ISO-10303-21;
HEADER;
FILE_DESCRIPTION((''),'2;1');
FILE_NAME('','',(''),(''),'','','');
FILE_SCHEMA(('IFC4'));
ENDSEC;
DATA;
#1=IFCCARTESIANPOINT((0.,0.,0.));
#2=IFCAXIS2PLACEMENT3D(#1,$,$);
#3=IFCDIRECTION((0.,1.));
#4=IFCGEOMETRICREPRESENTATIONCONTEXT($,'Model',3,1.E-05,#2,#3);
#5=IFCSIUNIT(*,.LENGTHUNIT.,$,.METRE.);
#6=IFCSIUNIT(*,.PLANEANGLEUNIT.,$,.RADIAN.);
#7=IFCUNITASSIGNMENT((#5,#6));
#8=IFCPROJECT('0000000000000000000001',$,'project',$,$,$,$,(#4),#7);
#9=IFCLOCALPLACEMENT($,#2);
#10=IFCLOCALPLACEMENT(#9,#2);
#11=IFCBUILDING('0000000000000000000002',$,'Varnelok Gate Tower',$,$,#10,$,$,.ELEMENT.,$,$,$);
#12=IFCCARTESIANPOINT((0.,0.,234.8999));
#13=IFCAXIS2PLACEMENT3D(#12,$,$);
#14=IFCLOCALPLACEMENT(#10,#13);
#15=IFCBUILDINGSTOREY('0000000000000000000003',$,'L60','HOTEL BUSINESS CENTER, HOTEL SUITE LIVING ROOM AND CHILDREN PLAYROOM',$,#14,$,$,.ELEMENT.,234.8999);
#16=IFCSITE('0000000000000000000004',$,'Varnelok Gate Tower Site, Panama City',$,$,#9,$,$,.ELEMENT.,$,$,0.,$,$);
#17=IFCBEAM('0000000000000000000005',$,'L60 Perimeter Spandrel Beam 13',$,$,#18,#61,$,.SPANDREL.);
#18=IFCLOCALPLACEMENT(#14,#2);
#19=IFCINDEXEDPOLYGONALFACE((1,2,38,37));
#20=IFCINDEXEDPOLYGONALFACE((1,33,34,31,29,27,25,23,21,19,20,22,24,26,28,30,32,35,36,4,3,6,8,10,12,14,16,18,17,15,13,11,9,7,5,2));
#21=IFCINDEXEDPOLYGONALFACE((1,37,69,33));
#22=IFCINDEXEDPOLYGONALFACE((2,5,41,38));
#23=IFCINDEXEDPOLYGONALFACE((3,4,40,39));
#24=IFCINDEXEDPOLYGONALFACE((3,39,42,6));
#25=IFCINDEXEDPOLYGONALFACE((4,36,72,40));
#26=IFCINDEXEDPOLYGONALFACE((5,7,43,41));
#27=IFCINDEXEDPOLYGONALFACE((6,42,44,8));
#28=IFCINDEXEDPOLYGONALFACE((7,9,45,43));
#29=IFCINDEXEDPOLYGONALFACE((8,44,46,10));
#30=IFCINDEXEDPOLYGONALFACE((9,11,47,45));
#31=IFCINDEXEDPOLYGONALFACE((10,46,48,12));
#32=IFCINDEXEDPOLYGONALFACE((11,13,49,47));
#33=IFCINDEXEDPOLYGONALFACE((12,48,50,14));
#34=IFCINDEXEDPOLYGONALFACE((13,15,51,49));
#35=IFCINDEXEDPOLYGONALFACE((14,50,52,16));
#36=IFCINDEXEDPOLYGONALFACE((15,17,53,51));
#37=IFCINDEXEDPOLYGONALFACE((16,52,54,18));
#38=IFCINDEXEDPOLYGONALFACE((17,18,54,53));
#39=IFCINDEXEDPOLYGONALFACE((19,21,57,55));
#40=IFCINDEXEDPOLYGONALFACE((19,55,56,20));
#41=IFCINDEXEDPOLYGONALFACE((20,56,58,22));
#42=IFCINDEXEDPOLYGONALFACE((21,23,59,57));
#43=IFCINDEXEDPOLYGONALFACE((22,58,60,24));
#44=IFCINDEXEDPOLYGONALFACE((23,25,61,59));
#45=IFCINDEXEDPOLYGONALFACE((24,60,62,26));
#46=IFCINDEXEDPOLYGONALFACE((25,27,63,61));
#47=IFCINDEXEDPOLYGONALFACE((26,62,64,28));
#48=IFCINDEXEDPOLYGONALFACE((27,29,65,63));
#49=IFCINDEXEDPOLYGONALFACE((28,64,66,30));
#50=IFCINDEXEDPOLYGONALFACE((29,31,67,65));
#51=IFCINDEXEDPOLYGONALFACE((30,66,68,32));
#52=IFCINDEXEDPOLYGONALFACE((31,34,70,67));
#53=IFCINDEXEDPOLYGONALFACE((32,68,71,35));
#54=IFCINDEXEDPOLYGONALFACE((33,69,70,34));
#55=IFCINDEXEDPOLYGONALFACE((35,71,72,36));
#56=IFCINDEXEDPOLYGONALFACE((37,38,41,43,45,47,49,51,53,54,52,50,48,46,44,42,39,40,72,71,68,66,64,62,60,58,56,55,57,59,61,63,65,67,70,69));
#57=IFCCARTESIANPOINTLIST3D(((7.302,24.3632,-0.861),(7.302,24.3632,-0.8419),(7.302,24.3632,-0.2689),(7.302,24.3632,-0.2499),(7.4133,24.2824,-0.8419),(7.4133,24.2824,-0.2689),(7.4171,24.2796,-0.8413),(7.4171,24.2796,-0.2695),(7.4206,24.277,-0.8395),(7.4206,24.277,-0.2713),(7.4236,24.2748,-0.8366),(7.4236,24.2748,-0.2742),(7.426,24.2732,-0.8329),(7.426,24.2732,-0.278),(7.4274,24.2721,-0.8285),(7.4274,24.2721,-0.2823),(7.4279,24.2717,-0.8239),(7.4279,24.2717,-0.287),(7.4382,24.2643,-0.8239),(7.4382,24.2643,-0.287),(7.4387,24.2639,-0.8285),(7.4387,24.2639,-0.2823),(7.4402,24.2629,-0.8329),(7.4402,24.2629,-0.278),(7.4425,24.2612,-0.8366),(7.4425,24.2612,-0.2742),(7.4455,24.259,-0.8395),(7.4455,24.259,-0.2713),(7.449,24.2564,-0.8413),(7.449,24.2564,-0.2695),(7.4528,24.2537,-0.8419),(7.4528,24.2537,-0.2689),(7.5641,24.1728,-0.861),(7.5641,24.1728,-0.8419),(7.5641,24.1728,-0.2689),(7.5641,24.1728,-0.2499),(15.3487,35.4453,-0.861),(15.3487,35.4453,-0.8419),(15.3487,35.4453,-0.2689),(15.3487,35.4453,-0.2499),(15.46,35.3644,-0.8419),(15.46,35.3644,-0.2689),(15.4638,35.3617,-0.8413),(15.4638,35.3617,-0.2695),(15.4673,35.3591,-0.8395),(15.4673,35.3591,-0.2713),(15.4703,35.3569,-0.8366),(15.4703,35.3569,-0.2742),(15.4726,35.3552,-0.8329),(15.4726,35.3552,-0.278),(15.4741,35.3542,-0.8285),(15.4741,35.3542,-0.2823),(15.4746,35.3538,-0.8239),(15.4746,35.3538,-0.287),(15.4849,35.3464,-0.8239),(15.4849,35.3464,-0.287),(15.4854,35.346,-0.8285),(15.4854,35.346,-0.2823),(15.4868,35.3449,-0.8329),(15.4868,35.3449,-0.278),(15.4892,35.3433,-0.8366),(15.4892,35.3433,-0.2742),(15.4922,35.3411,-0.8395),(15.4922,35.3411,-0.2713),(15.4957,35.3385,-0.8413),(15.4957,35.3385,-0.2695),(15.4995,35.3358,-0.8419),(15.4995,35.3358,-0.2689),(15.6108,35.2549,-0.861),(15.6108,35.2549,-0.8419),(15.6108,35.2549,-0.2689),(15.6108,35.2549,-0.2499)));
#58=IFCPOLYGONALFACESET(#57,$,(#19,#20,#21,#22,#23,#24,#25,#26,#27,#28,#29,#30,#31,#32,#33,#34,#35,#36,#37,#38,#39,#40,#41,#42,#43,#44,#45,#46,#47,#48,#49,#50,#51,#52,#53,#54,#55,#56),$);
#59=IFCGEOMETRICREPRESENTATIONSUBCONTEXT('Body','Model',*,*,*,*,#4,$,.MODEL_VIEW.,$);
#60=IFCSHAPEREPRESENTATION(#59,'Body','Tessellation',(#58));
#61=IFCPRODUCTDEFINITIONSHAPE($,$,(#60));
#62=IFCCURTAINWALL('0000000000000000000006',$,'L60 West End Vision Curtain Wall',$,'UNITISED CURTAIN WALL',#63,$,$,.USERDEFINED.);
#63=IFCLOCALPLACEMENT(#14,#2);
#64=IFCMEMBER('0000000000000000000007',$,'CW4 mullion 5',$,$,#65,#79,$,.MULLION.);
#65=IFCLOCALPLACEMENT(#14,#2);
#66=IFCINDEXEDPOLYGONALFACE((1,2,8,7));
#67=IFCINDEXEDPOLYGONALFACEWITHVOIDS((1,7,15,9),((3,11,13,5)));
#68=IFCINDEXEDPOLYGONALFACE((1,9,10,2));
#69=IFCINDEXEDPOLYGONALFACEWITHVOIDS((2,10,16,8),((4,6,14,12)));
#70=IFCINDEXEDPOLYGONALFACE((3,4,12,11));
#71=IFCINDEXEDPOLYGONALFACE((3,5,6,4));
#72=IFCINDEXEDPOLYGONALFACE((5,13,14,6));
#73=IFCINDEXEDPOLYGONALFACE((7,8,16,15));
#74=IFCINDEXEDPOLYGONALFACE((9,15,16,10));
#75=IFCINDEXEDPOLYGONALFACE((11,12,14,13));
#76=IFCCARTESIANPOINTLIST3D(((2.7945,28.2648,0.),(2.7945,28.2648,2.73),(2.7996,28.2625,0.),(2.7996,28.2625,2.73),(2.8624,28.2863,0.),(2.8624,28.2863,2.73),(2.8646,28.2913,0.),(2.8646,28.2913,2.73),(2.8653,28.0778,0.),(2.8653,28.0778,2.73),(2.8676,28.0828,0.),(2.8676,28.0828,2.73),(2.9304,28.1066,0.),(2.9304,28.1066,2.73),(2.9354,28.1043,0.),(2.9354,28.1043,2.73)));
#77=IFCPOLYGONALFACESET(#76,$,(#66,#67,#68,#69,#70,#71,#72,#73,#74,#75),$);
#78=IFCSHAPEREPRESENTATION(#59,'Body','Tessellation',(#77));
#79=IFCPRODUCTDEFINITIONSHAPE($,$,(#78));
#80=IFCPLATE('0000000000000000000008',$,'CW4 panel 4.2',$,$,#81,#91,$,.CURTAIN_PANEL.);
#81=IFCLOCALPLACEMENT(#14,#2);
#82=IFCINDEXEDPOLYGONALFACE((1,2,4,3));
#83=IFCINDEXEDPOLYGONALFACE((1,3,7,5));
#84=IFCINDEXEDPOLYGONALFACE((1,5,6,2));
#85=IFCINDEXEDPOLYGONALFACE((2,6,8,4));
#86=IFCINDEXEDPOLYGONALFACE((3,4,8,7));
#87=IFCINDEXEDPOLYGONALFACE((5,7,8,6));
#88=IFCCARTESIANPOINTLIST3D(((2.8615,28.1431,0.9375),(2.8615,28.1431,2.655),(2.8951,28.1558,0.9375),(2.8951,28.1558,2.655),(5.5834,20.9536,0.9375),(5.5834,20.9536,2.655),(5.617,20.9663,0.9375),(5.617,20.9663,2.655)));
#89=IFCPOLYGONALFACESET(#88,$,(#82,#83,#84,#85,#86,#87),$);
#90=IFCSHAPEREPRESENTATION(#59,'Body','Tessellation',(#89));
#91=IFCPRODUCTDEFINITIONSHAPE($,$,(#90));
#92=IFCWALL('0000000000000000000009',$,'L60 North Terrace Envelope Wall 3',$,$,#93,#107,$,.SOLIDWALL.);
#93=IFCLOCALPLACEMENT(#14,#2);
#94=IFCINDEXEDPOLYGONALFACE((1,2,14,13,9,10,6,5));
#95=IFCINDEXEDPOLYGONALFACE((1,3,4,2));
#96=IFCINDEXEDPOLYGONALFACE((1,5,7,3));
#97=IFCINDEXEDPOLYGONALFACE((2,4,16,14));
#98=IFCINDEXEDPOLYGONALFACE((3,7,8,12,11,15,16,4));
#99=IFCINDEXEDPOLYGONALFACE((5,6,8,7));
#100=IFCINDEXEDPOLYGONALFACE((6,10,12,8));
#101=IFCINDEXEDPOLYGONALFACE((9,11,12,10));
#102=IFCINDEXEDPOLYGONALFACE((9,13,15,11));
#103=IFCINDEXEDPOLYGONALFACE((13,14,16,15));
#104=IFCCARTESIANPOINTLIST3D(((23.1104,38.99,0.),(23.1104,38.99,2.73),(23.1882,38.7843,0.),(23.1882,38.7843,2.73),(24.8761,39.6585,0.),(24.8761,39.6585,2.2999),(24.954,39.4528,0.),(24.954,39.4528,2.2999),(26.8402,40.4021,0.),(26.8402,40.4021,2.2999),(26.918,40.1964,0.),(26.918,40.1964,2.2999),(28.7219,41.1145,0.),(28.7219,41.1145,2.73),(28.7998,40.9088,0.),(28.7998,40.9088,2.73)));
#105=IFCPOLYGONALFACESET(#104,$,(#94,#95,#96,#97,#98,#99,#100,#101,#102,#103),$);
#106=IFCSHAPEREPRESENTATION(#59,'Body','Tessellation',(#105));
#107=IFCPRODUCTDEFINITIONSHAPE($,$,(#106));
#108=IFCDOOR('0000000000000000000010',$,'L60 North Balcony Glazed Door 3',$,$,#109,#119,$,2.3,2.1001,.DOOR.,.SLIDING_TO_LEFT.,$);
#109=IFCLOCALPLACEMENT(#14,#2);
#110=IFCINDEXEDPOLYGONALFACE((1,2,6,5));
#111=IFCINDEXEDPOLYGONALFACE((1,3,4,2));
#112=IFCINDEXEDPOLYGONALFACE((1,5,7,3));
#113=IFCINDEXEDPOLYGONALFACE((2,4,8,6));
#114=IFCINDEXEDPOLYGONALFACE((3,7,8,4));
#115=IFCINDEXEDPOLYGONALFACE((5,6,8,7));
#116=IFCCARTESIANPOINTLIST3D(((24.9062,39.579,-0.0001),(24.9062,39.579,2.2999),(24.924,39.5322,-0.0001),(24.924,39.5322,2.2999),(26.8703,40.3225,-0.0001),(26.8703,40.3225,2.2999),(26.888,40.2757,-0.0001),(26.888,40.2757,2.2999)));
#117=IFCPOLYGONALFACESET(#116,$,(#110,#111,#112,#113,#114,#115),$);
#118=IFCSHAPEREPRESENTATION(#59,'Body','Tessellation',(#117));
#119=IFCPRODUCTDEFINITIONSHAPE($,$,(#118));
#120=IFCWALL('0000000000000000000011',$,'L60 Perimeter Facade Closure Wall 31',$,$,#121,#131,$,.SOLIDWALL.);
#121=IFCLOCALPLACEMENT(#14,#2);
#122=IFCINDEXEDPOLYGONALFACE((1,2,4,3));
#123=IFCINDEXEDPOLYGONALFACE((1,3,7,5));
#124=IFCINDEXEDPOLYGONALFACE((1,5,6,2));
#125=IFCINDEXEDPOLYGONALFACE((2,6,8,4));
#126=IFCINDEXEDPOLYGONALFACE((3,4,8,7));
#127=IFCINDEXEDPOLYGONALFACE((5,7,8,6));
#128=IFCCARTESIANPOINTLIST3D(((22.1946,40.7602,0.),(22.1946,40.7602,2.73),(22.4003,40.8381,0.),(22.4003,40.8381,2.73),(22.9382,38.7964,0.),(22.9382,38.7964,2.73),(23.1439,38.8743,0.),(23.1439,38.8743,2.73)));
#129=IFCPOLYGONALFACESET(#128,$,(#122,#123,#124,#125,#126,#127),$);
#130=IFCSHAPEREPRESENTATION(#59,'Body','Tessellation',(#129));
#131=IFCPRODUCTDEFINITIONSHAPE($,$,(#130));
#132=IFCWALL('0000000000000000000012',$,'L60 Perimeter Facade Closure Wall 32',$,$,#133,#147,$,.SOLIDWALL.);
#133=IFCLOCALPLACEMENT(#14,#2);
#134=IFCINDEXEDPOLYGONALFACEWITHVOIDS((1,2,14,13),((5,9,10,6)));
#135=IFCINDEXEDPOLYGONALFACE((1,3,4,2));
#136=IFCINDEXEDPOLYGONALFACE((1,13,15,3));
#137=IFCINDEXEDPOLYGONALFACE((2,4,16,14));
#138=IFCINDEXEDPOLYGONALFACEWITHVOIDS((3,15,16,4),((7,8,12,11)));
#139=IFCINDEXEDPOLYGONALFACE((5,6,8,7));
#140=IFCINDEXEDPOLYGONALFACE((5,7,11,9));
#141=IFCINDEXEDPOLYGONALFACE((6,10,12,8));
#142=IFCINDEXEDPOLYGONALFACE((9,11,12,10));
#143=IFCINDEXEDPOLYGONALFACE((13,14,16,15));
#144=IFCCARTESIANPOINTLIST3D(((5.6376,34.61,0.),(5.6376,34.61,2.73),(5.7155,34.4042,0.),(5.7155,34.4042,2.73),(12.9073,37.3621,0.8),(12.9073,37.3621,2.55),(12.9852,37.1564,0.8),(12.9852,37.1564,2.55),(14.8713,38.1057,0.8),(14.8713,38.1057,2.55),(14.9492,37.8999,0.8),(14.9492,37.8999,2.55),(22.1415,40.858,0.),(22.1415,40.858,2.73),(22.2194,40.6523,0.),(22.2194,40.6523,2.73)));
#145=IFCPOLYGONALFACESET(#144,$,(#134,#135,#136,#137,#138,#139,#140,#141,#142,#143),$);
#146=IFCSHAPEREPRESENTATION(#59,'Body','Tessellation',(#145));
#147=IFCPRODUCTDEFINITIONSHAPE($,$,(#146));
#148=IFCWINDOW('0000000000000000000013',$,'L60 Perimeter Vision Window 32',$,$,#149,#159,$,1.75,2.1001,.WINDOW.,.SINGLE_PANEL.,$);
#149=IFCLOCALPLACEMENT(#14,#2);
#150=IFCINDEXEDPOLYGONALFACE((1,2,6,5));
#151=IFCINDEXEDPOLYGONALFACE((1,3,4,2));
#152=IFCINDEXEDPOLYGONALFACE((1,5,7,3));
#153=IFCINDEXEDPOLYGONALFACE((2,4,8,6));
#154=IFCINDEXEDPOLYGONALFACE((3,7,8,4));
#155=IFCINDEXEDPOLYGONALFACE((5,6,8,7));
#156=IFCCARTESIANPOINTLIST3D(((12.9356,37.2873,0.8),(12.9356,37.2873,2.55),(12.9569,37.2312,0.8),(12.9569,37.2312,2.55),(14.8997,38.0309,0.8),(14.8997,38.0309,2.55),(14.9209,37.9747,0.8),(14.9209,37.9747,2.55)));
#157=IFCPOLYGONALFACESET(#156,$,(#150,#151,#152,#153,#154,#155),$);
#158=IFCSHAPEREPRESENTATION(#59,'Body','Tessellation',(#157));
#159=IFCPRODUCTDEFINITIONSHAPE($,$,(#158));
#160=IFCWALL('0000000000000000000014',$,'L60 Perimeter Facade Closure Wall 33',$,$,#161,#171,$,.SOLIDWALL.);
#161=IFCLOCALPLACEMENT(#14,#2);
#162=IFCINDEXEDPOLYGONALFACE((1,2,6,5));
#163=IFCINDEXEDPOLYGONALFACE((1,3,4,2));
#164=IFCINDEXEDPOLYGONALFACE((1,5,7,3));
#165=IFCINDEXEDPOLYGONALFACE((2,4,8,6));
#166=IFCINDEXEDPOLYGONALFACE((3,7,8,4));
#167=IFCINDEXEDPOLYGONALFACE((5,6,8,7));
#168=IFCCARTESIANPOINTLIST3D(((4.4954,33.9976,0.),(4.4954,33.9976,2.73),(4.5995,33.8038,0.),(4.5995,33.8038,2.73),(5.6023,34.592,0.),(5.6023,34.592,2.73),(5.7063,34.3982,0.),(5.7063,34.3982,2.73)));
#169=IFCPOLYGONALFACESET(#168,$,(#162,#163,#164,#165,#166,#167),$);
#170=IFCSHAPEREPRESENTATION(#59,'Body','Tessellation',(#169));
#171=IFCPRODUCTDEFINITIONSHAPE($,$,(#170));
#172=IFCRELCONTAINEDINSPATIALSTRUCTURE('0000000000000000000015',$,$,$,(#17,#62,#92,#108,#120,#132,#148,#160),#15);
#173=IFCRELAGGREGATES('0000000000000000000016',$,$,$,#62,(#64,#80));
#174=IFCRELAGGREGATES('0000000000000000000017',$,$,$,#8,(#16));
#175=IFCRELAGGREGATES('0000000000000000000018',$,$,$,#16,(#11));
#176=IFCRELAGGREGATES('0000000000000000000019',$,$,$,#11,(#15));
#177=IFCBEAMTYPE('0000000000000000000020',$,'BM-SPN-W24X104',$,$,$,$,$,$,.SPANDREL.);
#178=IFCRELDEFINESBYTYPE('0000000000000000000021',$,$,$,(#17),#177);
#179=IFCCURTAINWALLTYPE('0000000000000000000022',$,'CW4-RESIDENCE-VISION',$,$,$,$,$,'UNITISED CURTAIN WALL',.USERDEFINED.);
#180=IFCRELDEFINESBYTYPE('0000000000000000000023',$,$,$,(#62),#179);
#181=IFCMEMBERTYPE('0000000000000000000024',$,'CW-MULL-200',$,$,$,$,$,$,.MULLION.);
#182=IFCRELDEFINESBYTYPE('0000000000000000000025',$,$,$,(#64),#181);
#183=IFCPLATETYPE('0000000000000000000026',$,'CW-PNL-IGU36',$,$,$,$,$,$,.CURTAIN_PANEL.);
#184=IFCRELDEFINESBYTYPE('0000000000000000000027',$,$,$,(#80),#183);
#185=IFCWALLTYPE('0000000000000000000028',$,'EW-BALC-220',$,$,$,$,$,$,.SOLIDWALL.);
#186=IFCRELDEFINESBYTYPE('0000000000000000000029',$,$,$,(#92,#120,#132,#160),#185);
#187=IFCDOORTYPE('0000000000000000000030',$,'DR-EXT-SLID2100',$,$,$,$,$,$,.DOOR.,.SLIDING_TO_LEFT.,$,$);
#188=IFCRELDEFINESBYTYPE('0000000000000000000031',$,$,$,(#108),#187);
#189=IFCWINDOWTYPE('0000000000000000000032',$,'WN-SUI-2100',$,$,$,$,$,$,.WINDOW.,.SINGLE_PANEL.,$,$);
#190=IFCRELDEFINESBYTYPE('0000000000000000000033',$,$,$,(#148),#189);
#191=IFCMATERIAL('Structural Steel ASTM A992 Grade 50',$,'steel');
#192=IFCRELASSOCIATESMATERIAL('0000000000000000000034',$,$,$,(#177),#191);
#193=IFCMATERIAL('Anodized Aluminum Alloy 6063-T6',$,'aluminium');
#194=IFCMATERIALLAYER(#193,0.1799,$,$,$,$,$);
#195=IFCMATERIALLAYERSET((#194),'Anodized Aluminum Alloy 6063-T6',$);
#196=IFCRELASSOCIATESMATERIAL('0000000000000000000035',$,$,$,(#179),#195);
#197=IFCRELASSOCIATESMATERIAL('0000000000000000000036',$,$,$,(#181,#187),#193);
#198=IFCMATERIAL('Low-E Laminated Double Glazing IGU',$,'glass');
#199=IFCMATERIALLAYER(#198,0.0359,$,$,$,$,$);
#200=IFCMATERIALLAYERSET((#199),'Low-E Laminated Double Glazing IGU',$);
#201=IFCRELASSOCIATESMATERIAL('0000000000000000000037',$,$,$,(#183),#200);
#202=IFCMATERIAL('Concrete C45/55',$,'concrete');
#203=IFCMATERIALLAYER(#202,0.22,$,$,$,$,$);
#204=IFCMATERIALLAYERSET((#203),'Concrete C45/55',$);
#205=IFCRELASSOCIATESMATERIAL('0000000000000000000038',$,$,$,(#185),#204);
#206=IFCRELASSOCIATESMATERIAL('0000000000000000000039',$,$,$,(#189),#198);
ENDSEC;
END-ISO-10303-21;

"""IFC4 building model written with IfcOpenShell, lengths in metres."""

from ifc_helpers import new_model, si_unit, direction, frame, frame_2d, origin, origin_2d, place, context, subcontext, project, spatial, rectangle, hollow_rectangle, i_section, extrude, source, transform, mapped, material, layer, layer_set, material_profile, profile_set, type_object, element, fill, aggregate, save


model = new_model("IFC4")

# Units and contexts
model_context = context("Model", 3, precision=1e-05, world=origin(), true_north=direction((0.0, 1.0)))
body_context = subcontext(model_context, "Body", "Model", "MODEL_VIEW")
ifc_project = project(units=[si_unit("LENGTHUNIT", "METRE"), si_unit("PLANEANGLEUNIT", "RADIAN")], contexts=[model_context])

# Site, building, storey
site_placement = place(None, origin())
site = spatial("IfcSite", under=ifc_project, at=site_placement, Name="Varnelok Gate Tower Site, Panama City", CompositionType="ELEMENT", RefElevation=0.0)
building_placement = place(site_placement, origin())
building = spatial("IfcBuilding", under=site, at=building_placement, Name="Varnelok Gate Tower", CompositionType="ELEMENT")
storey_placement = place(building_placement, frame((0.0, 0.0, 234.8999)))
storey = spatial("IfcBuildingStorey", under=building, at=storey_placement, Name="L60", Description="HOTEL BUSINESS CENTER, HOTEL SUITE LIVING ROOM AND CHILDREN PLAYROOM", CompositionType="ELEMENT", Elevation=234.8999)

# Shared definitions
ifc_material_1 = material(Name="Structural Steel ASTM A992 Grade 50", Category="steel")

# Beam
ifc_material_profile_1 = material_profile(ifc_material_1, i_section(OverallWidth=0.324, OverallDepth=0.6111, WebThickness=0.0127, FlangeThickness=0.019, FilletRadius=0.0181, at=origin_2d()), Name="W24X104")
ifc_profile_set_1 = profile_set([ifc_material_profile_1], Name="Structural Steel ASTM A992 Grade 50")
beam_type_1 = type_object("IfcBeamType", Name="BM-SPN-W24X104", PredefinedType="SPANDREL", material=ifc_profile_set_1)
beam_1_placement = place(storey_placement, frame((15.4797, 35.3501, -0.5554), z_axis=(-0.587549, -0.809188, 0.0), x_axis=(0.809188, -0.587549, 0.0)))
element("IfcBeam", 1, at=beam_1_placement, inside=storey, type_object=beam_type_1, Name="L60 Perimeter Spandrel Beam 13", PredefinedType="SPANDREL", context=body_context, shape_type="SweptSolid", body=[
    extrude(i_section(OverallWidth=0.324, OverallDepth=0.6111, WebThickness=0.0127, FlangeThickness=0.019, FilletRadius=0.0181, at=origin_2d()), origin(), (0.0, 0.0, 1.0), 13.6953),
])

# Curtain wall, member, plate
ifc_material_2 = material(Name="Anodized Aluminum Alloy 6063-T6", Category="aluminium")
ifc_layer_1 = layer(ifc_material_2, 0.1799)
ifc_layer_set_1 = layer_set([ifc_layer_1], Name="Anodized Aluminum Alloy 6063-T6")
curtain_wall_type = type_object("IfcCurtainWallType", Name="CW4-RESIDENCE-VISION", ElementType="UNITISED CURTAIN WALL", PredefinedType="USERDEFINED", material=ifc_layer_set_1)
curtain_wall_placement = place(storey_placement, origin())
curtain_wall = element("IfcCurtainWall", 2, at=curtain_wall_placement, inside=storey, type_object=curtain_wall_type, Name="L60 West End Vision Curtain Wall", ObjectType="UNITISED CURTAIN WALL", PredefinedType="USERDEFINED")
ifc_material_profile_2 = material_profile(ifc_material_2, hollow_rectangle(XDim=0.075, YDim=0.2, WallThickness=0.0039, at=origin_2d()), Name="ALU200X75X4")
ifc_profile_set_2 = profile_set([ifc_material_profile_2], Name="Anodized Aluminum Alloy 6063-T6")
member_type = type_object("IfcMemberType", Name="CW-MULL-200", PredefinedType="MULLION", material=ifc_profile_set_2)
member_placement = place(storey_placement, frame((2.865, 28.1846, 0.0), z_axis=(0.0, 0.0, 1.0), x_axis=(-0.935222, -0.354063, 0.0)))
member = element("IfcMember", 3, at=member_placement, type_object=member_type, Name="CW4 mullion 5", PredefinedType="MULLION", context=body_context, shape_type="SweptSolid", body=[
    extrude(hollow_rectangle(XDim=0.075, YDim=0.2, WallThickness=0.0039, at=origin_2d()), origin(), (0.0, 0.0, 1.0), 2.73),
])
ifc_material_3 = material(Name="Low-E Laminated Double Glazing IGU", Category="glass")
ifc_layer_2 = layer(ifc_material_3, 0.0359)
ifc_layer_set_2 = layer_set([ifc_layer_2], Name="Low-E Laminated Double Glazing IGU")
plate_type = type_object("IfcPlateType", Name="CW-PNL-IGU36", PredefinedType="CURTAIN_PANEL", material=ifc_layer_set_2)
shared_shape_1 = source(origin(), body_context, "Body", "SweptSolid", [
    extrude(rectangle(XDim=7.6875, YDim=0.0359, at=origin_2d()), origin(), (0.0, 0.0, 1.0), 1.7175),
])
plate_placement = place(storey_placement, frame((4.2393, 24.5547, 0.9375), z_axis=(0.0, 0.0, 1.0), x_axis=(-0.354063, 0.935222, 0.0)))
plate = element("IfcPlate", 4, at=plate_placement, type_object=plate_type, Name="CW4 panel 4.2", PredefinedType="CURTAIN_PANEL", context=body_context, shape_type="MappedRepresentation", body=[
    mapped(shared_shape_1, transform((0.0, 0.0, 0.0), scale=1.0)),
])
aggregate(curtain_wall, [member, plate])

# Wall, opening, door
ifc_material_4 = material(Name="Concrete C45/55", Category="concrete")
ifc_layer_3 = layer(ifc_material_4, 0.22)
ifc_layer_set_3 = layer_set([ifc_layer_3], Name="Concrete C45/55")
wall_type_1 = type_object("IfcWallType", Name="EW-BALC-220", PredefinedType="SOLIDWALL", material=ifc_layer_set_3)
wall_1_placement = place(storey_placement, frame((23.1494, 38.8872, 0.0), z_axis=(0.0, 0.0, 1.0), x_axis=(0.935219, 0.354069, 0.0)))
wall_1 = element("IfcWall", 5, at=wall_1_placement, inside=storey, type_object=wall_type_1, Name="L60 North Terrace Envelope Wall 3", PredefinedType="SOLIDWALL", context=body_context, shape_type="SweptSolid", body=[
    extrude(rectangle(XDim=6.0002, YDim=0.22, at=frame_2d((3.0, 0.0))), origin(), (0.0, 0.0, 1.0), 2.73),
])
opening_1_placement = place(wall_1_placement, frame((1.8879, 0.0, 0.0)))
opening_1 = element("IfcOpeningElement", 6, at=opening_1_placement, cuts=wall_1, PredefinedType="OPENING", context=body_context, shape_type="SweptSolid", body=[
    extrude(rectangle(XDim=2.1001, YDim=2.3, at=frame_2d((1.05, 1.1499))), frame((0.0, 0.1199, 0.0), z_axis=(0.0, -1.0, 0.0), x_axis=(1.0, 0.0, 0.0)), (0.0, 0.0, 1.0), 0.24),
])
door_type = type_object("IfcDoorType", Name="DR-EXT-SLID2100", OperationType="SLIDING_TO_LEFT", PredefinedType="DOOR", material=ifc_material_2)
door_placement = place(opening_1_placement, origin())
door = element("IfcDoor", 7, at=door_placement, inside=storey, type_object=door_type, Name="L60 North Balcony Glazed Door 3", OperationType="SLIDING_TO_LEFT", OverallHeight=2.3, OverallWidth=2.1001, PredefinedType="DOOR", context=body_context, shape_type="SweptSolid", body=[
    extrude(rectangle(XDim=2.1001, YDim=2.3, at=frame_2d((1.05, 1.1499))), frame((0.0, 0.0249, 0.0), z_axis=(0.0, -1.0, 0.0), x_axis=(1.0, 0.0, 0.0)), (0.0, 0.0, 1.0), 0.05),
])
fill(opening_1, door)

# Wall
wall_2_placement = place(storey_placement, frame((23.041, 38.8354, 0.0), z_axis=(0.0, 0.0, 1.0), x_axis=(-0.354128, 0.935197, 0.0)))
element("IfcWall", 8, at=wall_2_placement, inside=storey, type_object=wall_type_1, Name="L60 Perimeter Facade Closure Wall 31", PredefinedType="SOLIDWALL", context=body_context, shape_type="SweptSolid", body=[
    extrude(rectangle(XDim=2.0999, YDim=0.22, at=frame_2d((1.0498, 0.0))), origin(), (0.0, 0.0, 1.0), 2.73),
])

# Wall, opening, window
wall_3_placement = place(storey_placement, frame((22.1804, 40.7551, 0.0), z_axis=(0.0, 0.0, 1.0), x_axis=(-0.935224, -0.354057, 0.0)))
wall_3 = element("IfcWall", 9, at=wall_3_placement, inside=storey, type_object=wall_type_1, Name="L60 Perimeter Facade Closure Wall 32", PredefinedType="SOLIDWALL", context=body_context, shape_type="SweptSolid", body=[
    extrude(rectangle(XDim=17.647, YDim=0.22, at=frame_2d((8.8235, 0.0))), origin(), (0.0, 0.0, 1.0), 2.73),
])
opening_2_placement = place(wall_3_placement, frame((7.7737, 0.0, 0.8)))
opening_2 = element("IfcOpeningElement", 10, at=opening_2_placement, cuts=wall_3, PredefinedType="OPENING", context=body_context, shape_type="SweptSolid", body=[
    extrude(rectangle(XDim=2.1001, YDim=1.75, at=frame_2d((1.05, 0.875))), frame((0.0, 0.1199, 0.0), z_axis=(0.0, -1.0, 0.0), x_axis=(1.0, 0.0, 0.0)), (0.0, 0.0, 1.0), 0.24),
])
window_type = type_object("IfcWindowType", Name="WN-SUI-2100", PartitioningType="SINGLE_PANEL", PredefinedType="WINDOW", material=ifc_material_3)
window_placement = place(opening_2_placement, origin())
window = element("IfcWindow", 11, at=window_placement, inside=storey, type_object=window_type, Name="L60 Perimeter Vision Window 32", OverallHeight=1.75, OverallWidth=2.1001, PartitioningType="SINGLE_PANEL", PredefinedType="WINDOW", context=body_context, shape_type="SweptSolid", body=[
    extrude(rectangle(XDim=2.1001, YDim=1.75, at=frame_2d((1.05, 0.875))), frame((0.0, 0.03, 0.0), z_axis=(0.0, -1.0, 0.0), x_axis=(1.0, 0.0, 0.0)), (0.0, 0.0, 1.0), 0.0601),
])
fill(opening_2, window)

# Wall
wall_4_placement = place(storey_placement, frame((5.6543, 34.4951, 0.0), z_axis=(0.0, 0.0, 1.0), x_axis=(-0.880988, -0.473138, 0.0)))
element("IfcWall", 12, at=wall_4_placement, inside=storey, type_object=wall_type_1, Name="L60 Perimeter Facade Closure Wall 33", PredefinedType="SOLIDWALL", context=body_context, shape_type="SweptSolid", body=[
    extrude(rectangle(XDim=1.2563, YDim=0.22, at=frame_2d((0.6282, 0.0))), origin(), (0.0, 0.0, 1.0), 2.73),
])

save(model, "model.ifc")
